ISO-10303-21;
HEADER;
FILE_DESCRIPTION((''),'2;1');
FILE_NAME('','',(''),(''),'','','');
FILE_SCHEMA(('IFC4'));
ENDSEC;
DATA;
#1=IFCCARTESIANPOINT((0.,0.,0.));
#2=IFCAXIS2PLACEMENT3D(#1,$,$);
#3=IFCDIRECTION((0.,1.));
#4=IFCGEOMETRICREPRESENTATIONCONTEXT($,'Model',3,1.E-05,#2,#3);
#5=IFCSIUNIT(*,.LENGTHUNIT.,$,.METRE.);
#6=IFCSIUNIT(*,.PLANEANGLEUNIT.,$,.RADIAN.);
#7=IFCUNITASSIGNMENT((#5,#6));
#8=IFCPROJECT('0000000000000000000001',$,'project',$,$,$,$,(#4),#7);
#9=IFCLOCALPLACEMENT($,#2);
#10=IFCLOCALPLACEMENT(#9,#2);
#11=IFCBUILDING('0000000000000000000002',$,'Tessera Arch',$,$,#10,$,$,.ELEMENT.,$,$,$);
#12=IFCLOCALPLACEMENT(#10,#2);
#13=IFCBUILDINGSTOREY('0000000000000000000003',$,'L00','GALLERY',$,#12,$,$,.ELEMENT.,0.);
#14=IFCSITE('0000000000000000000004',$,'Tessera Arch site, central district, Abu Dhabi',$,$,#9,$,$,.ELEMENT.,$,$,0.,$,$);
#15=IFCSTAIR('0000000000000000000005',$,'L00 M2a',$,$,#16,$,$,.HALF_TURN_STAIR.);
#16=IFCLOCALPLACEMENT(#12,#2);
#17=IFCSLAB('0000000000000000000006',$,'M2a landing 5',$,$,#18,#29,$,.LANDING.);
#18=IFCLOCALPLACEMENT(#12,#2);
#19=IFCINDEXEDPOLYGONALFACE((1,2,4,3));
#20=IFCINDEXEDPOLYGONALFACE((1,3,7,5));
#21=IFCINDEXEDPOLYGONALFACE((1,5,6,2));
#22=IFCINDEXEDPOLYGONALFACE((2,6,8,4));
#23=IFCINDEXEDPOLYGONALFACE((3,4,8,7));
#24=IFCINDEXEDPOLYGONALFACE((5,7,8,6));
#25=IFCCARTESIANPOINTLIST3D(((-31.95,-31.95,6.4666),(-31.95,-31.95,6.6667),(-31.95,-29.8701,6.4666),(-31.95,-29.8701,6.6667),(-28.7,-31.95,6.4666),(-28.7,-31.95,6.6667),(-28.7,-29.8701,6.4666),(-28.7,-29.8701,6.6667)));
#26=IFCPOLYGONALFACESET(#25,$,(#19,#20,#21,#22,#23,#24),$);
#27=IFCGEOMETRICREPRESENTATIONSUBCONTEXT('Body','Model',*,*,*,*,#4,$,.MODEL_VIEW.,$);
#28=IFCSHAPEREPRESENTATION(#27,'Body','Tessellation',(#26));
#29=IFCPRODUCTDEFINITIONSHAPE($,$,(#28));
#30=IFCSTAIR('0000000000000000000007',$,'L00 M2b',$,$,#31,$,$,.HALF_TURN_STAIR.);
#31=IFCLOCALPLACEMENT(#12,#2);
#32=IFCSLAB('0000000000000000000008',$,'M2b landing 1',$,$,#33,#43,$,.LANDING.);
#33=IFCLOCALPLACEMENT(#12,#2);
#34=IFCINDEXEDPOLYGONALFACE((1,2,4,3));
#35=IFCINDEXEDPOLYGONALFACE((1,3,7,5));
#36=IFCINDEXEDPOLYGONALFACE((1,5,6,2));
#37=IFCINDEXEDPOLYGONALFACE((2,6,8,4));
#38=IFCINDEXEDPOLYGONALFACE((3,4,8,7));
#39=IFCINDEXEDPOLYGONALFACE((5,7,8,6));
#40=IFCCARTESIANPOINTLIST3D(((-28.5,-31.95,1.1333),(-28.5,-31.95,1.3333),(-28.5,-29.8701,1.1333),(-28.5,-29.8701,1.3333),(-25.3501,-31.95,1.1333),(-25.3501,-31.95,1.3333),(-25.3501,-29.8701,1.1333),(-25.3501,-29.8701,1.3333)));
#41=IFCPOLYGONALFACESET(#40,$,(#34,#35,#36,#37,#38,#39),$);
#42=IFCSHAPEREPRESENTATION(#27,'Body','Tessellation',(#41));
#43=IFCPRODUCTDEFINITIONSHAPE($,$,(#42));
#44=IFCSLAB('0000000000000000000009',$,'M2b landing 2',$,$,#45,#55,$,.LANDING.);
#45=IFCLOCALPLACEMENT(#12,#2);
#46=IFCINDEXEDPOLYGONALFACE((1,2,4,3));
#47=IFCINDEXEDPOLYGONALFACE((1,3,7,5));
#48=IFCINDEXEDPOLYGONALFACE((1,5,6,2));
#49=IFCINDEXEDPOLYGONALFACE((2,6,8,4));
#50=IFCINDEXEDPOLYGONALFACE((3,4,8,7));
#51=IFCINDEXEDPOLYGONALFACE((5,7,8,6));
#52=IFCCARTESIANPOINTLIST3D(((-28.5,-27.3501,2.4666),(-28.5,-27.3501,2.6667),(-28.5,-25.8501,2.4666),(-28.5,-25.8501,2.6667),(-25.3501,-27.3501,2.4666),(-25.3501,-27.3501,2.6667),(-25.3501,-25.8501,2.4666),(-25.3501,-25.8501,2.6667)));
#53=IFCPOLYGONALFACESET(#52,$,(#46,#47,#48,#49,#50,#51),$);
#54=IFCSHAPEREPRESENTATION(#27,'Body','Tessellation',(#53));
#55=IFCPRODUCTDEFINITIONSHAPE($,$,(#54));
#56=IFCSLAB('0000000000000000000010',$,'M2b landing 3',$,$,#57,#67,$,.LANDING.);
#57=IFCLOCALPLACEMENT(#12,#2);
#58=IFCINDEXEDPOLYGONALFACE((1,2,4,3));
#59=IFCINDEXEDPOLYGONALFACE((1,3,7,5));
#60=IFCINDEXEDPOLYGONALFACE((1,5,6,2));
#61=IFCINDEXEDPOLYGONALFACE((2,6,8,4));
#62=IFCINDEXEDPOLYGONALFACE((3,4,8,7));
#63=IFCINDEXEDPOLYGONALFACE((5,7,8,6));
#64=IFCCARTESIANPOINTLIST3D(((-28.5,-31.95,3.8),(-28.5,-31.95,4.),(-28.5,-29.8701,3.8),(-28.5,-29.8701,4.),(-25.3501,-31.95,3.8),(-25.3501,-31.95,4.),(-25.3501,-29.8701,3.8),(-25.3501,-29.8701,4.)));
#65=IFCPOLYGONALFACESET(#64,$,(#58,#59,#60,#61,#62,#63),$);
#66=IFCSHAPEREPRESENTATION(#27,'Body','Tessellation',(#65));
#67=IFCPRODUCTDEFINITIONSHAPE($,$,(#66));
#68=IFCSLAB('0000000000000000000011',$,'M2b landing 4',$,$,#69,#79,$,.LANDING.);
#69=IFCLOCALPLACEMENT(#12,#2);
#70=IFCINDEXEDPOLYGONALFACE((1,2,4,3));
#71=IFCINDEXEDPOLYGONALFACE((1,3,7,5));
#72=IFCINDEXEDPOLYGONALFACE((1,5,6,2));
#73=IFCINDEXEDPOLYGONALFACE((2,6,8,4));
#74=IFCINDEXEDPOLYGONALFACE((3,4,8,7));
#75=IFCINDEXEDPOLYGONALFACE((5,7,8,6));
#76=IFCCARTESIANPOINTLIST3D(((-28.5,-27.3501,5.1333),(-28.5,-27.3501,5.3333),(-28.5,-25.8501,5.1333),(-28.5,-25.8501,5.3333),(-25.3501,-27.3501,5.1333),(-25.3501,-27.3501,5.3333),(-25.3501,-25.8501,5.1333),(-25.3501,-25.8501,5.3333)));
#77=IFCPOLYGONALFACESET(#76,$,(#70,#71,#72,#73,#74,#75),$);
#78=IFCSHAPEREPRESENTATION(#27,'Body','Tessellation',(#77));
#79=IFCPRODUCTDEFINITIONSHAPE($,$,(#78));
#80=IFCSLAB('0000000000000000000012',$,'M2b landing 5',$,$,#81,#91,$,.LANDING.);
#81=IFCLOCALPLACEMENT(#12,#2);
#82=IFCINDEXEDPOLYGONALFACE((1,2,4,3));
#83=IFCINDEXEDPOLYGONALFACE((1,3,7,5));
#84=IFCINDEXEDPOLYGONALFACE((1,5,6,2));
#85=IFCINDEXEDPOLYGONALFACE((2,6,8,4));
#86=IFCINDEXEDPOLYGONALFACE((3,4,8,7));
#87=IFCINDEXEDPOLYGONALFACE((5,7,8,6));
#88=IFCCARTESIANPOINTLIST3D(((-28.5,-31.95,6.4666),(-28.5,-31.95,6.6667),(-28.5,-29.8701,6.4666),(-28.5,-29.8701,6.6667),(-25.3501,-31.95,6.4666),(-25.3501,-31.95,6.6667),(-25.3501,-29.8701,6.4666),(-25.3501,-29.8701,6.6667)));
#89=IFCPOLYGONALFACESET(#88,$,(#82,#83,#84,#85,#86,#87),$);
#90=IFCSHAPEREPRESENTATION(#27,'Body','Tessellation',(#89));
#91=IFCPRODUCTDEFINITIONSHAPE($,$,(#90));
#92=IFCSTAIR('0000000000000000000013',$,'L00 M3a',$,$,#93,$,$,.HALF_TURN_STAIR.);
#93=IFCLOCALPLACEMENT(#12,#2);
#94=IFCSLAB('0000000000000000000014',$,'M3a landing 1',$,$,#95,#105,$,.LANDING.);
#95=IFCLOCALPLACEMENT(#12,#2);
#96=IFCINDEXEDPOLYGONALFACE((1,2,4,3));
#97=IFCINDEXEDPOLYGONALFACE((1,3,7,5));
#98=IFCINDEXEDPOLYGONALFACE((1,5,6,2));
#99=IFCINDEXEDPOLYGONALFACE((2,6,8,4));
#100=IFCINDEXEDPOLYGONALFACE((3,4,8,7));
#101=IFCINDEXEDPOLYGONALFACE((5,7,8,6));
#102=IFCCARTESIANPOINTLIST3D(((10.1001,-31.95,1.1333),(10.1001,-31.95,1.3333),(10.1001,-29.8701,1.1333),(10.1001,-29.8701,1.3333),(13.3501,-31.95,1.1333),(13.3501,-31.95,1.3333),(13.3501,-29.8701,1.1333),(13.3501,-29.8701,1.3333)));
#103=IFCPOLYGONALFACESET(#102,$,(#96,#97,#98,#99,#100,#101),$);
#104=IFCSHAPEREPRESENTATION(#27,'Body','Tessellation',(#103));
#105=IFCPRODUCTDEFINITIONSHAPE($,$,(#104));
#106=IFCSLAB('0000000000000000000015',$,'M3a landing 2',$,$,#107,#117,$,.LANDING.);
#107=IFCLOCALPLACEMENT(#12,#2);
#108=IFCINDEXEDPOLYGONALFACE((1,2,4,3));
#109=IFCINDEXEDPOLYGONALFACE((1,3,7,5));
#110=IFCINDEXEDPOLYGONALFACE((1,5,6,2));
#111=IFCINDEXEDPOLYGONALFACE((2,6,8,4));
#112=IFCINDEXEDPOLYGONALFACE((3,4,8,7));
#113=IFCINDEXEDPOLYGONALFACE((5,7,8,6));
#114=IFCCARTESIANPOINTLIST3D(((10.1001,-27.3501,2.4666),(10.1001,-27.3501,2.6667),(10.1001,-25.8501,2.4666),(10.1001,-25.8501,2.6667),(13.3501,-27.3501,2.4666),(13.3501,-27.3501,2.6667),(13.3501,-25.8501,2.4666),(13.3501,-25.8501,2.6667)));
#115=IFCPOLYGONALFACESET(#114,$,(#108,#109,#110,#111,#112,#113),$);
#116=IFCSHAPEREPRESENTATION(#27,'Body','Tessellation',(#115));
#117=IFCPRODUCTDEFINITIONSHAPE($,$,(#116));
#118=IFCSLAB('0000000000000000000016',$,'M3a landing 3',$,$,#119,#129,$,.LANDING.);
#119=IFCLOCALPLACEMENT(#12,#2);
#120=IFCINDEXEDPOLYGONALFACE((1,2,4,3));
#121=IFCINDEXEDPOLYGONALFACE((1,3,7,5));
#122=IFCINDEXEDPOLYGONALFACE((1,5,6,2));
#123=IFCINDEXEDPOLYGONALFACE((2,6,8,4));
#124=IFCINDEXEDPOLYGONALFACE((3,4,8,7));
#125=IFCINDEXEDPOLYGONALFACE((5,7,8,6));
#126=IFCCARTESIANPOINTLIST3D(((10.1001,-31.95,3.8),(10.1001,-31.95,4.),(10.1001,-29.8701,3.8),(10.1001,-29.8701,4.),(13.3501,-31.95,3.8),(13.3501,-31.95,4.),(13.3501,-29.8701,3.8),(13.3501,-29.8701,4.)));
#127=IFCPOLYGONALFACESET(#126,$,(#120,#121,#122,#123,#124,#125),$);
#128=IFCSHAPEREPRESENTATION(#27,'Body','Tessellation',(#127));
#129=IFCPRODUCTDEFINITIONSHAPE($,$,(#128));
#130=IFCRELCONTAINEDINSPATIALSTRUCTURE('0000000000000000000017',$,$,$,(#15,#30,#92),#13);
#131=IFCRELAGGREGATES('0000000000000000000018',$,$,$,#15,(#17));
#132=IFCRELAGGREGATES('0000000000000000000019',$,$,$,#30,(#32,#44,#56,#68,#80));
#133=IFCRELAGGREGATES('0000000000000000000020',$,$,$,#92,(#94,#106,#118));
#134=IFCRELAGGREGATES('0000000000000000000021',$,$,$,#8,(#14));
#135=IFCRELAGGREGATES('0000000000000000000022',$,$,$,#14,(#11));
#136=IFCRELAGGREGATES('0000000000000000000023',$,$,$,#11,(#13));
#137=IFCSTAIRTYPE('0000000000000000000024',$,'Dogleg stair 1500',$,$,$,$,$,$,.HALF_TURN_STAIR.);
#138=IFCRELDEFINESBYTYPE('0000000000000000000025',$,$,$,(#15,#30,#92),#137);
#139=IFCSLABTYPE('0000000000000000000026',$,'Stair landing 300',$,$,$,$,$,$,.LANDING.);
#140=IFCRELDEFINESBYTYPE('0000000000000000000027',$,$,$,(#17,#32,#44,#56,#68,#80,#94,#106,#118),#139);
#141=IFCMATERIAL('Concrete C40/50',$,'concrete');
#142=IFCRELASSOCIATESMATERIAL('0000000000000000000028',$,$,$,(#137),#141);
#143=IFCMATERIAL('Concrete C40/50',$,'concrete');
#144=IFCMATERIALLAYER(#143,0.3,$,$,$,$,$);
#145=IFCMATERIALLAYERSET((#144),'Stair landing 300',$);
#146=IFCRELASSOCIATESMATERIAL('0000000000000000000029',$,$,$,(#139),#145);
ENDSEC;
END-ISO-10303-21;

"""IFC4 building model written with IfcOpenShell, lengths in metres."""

from ifc_helpers import new_model, si_unit, direction, frame, origin, place, context, subcontext, project, spatial, polyline, outline, extrude, material, layer, layer_set, type_object, element, aggregate, save


model = new_model("IFC4")

# Units and contexts
model_context = context("Model", 3, precision=1e-05, world=origin(), true_north=direction((0.0, 1.0)))
body_context = subcontext(model_context, "Body", "Model", "MODEL_VIEW")
ifc_project = project(units=[si_unit("LENGTHUNIT", "METRE"), si_unit("PLANEANGLEUNIT", "RADIAN")], contexts=[model_context])

# Site, building, storey
site_placement = place(None, origin())
site = spatial("IfcSite", under=ifc_project, at=site_placement, Name="Tessera Arch site, central district, Abu Dhabi", CompositionType="ELEMENT", RefElevation=0.0)
building_placement = place(site_placement, origin())
building = spatial("IfcBuilding", under=site, at=building_placement, Name="Tessera Arch", CompositionType="ELEMENT")
storey_placement = place(building_placement, origin())
storey = spatial("IfcBuildingStorey", under=building, at=storey_placement, Name="L00", Description="GALLERY", CompositionType="ELEMENT", Elevation=0.0)

# Stairs, slabs
ifc_material_1 = material(Name="Concrete C40/50", Category="concrete")
stair_type = type_object("IfcStairType", Name="Dogleg stair 1500", PredefinedType="HALF_TURN_STAIR", material=ifc_material_1)
ifc_material_2 = material(Name="Concrete C40/50", Category="concrete")
ifc_layer = layer(ifc_material_2, 0.3)
ifc_layer_set = layer_set([ifc_layer], Name="Stair landing 300")
slab_type = type_object("IfcSlabType", Name="Stair landing 300", PredefinedType="LANDING", material=ifc_layer_set)
stair_1_placement = place(storey_placement, origin())
stair_1 = element("IfcStair", 1, at=stair_1_placement, inside=storey, type_object=stair_type, Name="L00 M2a", PredefinedType="HALF_TURN_STAIR")
slab_1_placement = place(storey_placement, frame((0.0, 0.0, 6.4666)))
slab_1 = element("IfcSlab", 2, at=slab_1_placement, type_object=slab_type, Name="M2a landing 5", PredefinedType="LANDING", context=body_context, shape_type="SweptSolid", body=[
    extrude(outline(polyline([(-31.95, -29.8701), (-31.95, -31.95), (-28.7, -31.95), (-28.7, -29.8701), (-31.95, -29.8701)])), origin(), (0.0, 0.0, 1.0), 0.2002),
])
aggregate(stair_1, [slab_1])
stair_2_placement = place(storey_placement, origin())
stair_2 = element("IfcStair", 3, at=stair_2_placement, inside=storey, type_object=stair_type, Name="L00 M2b", PredefinedType="HALF_TURN_STAIR")
slab_2_placement = place(storey_placement, frame((0.0, 0.0, 1.1333)))
slab_2 = element("IfcSlab", 4, at=slab_2_placement, type_object=slab_type, Name="M2b landing 1", PredefinedType="LANDING", context=body_context, shape_type="SweptSolid", body=[
    extrude(outline(polyline([(-28.5, -29.8701), (-28.5, -31.95), (-25.3501, -31.95), (-25.3501, -29.8701), (-28.5, -29.8701)])), origin(), (0.0, 0.0, 1.0), 0.2),
])
slab_3_placement = place(storey_placement, frame((0.0, 0.0, 2.4666)))
slab_3 = element("IfcSlab", 5, at=slab_3_placement, type_object=slab_type, Name="M2b landing 2", PredefinedType="LANDING", context=body_context, shape_type="SweptSolid", body=[
    extrude(outline(polyline([(-28.5, -25.8501), (-28.5, -27.3501), (-25.3501, -27.3501), (-25.3501, -25.8501), (-28.5, -25.8501)])), origin(), (0.0, 0.0, 1.0), 0.2002),
])
slab_4_placement = place(storey_placement, frame((0.0, 0.0, 3.8)))
slab_4 = element("IfcSlab", 6, at=slab_4_placement, type_object=slab_type, Name="M2b landing 3", PredefinedType="LANDING", context=body_context, shape_type="SweptSolid", body=[
    extrude(outline(polyline([(-28.5, -29.8701), (-28.5, -31.95), (-25.3501, -31.95), (-25.3501, -29.8701), (-28.5, -29.8701)])), origin(), (0.0, 0.0, 1.0), 0.2),
])
slab_5_placement = place(storey_placement, frame((0.0, 0.0, 5.1333)))
slab_5 = element("IfcSlab", 7, at=slab_5_placement, type_object=slab_type, Name="M2b landing 4", PredefinedType="LANDING", context=body_context, shape_type="SweptSolid", body=[
    extrude(outline(polyline([(-28.5, -25.8501), (-28.5, -27.3501), (-25.3501, -27.3501), (-25.3501, -25.8501), (-28.5, -25.8501)])), origin(), (0.0, 0.0, 1.0), 0.2),
])
slab_6_placement = place(storey_placement, frame((0.0, 0.0, 6.4666)))
slab_6 = element("IfcSlab", 8, at=slab_6_placement, type_object=slab_type, Name="M2b landing 5", PredefinedType="LANDING", context=body_context, shape_type="SweptSolid", body=[
    extrude(outline(polyline([(-28.5, -29.8701), (-28.5, -31.95), (-25.3501, -31.95), (-25.3501, -29.8701), (-28.5, -29.8701)])), origin(), (0.0, 0.0, 1.0), 0.2002),
])
aggregate(stair_2, [slab_2, slab_3, slab_4, slab_5, slab_6])
stair_3_placement = place(storey_placement, origin())
stair_3 = element("IfcStair", 9, at=stair_3_placement, inside=storey, type_object=stair_type, Name="L00 M3a", PredefinedType="HALF_TURN_STAIR")
slab_7_placement = place(storey_placement, frame((0.0, 0.0, 1.1333)))
slab_7 = element("IfcSlab", 10, at=slab_7_placement, type_object=slab_type, Name="M3a landing 1", PredefinedType="LANDING", context=body_context, shape_type="SweptSolid", body=[
    extrude(outline(polyline([(10.1001, -29.8701), (10.1001, -31.95), (13.3501, -31.95), (13.3501, -29.8701), (10.1001, -29.8701)])), origin(), (0.0, 0.0, 1.0), 0.2),
])
slab_8_placement = place(storey_placement, frame((0.0, 0.0, 2.4666)))
slab_8 = element("IfcSlab", 11, at=slab_8_placement, type_object=slab_type, Name="M3a landing 2", PredefinedType="LANDING", context=body_context, shape_type="SweptSolid", body=[
    extrude(outline(polyline([(10.1001, -25.8501), (10.1001, -27.3501), (13.3501, -27.3501), (13.3501, -25.8501), (10.1001, -25.8501)])), origin(), (0.0, 0.0, 1.0), 0.2002),
])
slab_9_placement = place(storey_placement, frame((0.0, 0.0, 3.8)))
slab_9 = element("IfcSlab", 12, at=slab_9_placement, type_object=slab_type, Name="M3a landing 3", PredefinedType="LANDING", context=body_context, shape_type="SweptSolid", body=[
    extrude(outline(polyline([(10.1001, -29.8701), (10.1001, -31.95), (13.3501, -31.95), (13.3501, -29.8701), (10.1001, -29.8701)])), origin(), (0.0, 0.0, 1.0), 0.2),
])
aggregate(stair_3, [slab_7, slab_8, slab_9])

save(model, "model.ifc")
